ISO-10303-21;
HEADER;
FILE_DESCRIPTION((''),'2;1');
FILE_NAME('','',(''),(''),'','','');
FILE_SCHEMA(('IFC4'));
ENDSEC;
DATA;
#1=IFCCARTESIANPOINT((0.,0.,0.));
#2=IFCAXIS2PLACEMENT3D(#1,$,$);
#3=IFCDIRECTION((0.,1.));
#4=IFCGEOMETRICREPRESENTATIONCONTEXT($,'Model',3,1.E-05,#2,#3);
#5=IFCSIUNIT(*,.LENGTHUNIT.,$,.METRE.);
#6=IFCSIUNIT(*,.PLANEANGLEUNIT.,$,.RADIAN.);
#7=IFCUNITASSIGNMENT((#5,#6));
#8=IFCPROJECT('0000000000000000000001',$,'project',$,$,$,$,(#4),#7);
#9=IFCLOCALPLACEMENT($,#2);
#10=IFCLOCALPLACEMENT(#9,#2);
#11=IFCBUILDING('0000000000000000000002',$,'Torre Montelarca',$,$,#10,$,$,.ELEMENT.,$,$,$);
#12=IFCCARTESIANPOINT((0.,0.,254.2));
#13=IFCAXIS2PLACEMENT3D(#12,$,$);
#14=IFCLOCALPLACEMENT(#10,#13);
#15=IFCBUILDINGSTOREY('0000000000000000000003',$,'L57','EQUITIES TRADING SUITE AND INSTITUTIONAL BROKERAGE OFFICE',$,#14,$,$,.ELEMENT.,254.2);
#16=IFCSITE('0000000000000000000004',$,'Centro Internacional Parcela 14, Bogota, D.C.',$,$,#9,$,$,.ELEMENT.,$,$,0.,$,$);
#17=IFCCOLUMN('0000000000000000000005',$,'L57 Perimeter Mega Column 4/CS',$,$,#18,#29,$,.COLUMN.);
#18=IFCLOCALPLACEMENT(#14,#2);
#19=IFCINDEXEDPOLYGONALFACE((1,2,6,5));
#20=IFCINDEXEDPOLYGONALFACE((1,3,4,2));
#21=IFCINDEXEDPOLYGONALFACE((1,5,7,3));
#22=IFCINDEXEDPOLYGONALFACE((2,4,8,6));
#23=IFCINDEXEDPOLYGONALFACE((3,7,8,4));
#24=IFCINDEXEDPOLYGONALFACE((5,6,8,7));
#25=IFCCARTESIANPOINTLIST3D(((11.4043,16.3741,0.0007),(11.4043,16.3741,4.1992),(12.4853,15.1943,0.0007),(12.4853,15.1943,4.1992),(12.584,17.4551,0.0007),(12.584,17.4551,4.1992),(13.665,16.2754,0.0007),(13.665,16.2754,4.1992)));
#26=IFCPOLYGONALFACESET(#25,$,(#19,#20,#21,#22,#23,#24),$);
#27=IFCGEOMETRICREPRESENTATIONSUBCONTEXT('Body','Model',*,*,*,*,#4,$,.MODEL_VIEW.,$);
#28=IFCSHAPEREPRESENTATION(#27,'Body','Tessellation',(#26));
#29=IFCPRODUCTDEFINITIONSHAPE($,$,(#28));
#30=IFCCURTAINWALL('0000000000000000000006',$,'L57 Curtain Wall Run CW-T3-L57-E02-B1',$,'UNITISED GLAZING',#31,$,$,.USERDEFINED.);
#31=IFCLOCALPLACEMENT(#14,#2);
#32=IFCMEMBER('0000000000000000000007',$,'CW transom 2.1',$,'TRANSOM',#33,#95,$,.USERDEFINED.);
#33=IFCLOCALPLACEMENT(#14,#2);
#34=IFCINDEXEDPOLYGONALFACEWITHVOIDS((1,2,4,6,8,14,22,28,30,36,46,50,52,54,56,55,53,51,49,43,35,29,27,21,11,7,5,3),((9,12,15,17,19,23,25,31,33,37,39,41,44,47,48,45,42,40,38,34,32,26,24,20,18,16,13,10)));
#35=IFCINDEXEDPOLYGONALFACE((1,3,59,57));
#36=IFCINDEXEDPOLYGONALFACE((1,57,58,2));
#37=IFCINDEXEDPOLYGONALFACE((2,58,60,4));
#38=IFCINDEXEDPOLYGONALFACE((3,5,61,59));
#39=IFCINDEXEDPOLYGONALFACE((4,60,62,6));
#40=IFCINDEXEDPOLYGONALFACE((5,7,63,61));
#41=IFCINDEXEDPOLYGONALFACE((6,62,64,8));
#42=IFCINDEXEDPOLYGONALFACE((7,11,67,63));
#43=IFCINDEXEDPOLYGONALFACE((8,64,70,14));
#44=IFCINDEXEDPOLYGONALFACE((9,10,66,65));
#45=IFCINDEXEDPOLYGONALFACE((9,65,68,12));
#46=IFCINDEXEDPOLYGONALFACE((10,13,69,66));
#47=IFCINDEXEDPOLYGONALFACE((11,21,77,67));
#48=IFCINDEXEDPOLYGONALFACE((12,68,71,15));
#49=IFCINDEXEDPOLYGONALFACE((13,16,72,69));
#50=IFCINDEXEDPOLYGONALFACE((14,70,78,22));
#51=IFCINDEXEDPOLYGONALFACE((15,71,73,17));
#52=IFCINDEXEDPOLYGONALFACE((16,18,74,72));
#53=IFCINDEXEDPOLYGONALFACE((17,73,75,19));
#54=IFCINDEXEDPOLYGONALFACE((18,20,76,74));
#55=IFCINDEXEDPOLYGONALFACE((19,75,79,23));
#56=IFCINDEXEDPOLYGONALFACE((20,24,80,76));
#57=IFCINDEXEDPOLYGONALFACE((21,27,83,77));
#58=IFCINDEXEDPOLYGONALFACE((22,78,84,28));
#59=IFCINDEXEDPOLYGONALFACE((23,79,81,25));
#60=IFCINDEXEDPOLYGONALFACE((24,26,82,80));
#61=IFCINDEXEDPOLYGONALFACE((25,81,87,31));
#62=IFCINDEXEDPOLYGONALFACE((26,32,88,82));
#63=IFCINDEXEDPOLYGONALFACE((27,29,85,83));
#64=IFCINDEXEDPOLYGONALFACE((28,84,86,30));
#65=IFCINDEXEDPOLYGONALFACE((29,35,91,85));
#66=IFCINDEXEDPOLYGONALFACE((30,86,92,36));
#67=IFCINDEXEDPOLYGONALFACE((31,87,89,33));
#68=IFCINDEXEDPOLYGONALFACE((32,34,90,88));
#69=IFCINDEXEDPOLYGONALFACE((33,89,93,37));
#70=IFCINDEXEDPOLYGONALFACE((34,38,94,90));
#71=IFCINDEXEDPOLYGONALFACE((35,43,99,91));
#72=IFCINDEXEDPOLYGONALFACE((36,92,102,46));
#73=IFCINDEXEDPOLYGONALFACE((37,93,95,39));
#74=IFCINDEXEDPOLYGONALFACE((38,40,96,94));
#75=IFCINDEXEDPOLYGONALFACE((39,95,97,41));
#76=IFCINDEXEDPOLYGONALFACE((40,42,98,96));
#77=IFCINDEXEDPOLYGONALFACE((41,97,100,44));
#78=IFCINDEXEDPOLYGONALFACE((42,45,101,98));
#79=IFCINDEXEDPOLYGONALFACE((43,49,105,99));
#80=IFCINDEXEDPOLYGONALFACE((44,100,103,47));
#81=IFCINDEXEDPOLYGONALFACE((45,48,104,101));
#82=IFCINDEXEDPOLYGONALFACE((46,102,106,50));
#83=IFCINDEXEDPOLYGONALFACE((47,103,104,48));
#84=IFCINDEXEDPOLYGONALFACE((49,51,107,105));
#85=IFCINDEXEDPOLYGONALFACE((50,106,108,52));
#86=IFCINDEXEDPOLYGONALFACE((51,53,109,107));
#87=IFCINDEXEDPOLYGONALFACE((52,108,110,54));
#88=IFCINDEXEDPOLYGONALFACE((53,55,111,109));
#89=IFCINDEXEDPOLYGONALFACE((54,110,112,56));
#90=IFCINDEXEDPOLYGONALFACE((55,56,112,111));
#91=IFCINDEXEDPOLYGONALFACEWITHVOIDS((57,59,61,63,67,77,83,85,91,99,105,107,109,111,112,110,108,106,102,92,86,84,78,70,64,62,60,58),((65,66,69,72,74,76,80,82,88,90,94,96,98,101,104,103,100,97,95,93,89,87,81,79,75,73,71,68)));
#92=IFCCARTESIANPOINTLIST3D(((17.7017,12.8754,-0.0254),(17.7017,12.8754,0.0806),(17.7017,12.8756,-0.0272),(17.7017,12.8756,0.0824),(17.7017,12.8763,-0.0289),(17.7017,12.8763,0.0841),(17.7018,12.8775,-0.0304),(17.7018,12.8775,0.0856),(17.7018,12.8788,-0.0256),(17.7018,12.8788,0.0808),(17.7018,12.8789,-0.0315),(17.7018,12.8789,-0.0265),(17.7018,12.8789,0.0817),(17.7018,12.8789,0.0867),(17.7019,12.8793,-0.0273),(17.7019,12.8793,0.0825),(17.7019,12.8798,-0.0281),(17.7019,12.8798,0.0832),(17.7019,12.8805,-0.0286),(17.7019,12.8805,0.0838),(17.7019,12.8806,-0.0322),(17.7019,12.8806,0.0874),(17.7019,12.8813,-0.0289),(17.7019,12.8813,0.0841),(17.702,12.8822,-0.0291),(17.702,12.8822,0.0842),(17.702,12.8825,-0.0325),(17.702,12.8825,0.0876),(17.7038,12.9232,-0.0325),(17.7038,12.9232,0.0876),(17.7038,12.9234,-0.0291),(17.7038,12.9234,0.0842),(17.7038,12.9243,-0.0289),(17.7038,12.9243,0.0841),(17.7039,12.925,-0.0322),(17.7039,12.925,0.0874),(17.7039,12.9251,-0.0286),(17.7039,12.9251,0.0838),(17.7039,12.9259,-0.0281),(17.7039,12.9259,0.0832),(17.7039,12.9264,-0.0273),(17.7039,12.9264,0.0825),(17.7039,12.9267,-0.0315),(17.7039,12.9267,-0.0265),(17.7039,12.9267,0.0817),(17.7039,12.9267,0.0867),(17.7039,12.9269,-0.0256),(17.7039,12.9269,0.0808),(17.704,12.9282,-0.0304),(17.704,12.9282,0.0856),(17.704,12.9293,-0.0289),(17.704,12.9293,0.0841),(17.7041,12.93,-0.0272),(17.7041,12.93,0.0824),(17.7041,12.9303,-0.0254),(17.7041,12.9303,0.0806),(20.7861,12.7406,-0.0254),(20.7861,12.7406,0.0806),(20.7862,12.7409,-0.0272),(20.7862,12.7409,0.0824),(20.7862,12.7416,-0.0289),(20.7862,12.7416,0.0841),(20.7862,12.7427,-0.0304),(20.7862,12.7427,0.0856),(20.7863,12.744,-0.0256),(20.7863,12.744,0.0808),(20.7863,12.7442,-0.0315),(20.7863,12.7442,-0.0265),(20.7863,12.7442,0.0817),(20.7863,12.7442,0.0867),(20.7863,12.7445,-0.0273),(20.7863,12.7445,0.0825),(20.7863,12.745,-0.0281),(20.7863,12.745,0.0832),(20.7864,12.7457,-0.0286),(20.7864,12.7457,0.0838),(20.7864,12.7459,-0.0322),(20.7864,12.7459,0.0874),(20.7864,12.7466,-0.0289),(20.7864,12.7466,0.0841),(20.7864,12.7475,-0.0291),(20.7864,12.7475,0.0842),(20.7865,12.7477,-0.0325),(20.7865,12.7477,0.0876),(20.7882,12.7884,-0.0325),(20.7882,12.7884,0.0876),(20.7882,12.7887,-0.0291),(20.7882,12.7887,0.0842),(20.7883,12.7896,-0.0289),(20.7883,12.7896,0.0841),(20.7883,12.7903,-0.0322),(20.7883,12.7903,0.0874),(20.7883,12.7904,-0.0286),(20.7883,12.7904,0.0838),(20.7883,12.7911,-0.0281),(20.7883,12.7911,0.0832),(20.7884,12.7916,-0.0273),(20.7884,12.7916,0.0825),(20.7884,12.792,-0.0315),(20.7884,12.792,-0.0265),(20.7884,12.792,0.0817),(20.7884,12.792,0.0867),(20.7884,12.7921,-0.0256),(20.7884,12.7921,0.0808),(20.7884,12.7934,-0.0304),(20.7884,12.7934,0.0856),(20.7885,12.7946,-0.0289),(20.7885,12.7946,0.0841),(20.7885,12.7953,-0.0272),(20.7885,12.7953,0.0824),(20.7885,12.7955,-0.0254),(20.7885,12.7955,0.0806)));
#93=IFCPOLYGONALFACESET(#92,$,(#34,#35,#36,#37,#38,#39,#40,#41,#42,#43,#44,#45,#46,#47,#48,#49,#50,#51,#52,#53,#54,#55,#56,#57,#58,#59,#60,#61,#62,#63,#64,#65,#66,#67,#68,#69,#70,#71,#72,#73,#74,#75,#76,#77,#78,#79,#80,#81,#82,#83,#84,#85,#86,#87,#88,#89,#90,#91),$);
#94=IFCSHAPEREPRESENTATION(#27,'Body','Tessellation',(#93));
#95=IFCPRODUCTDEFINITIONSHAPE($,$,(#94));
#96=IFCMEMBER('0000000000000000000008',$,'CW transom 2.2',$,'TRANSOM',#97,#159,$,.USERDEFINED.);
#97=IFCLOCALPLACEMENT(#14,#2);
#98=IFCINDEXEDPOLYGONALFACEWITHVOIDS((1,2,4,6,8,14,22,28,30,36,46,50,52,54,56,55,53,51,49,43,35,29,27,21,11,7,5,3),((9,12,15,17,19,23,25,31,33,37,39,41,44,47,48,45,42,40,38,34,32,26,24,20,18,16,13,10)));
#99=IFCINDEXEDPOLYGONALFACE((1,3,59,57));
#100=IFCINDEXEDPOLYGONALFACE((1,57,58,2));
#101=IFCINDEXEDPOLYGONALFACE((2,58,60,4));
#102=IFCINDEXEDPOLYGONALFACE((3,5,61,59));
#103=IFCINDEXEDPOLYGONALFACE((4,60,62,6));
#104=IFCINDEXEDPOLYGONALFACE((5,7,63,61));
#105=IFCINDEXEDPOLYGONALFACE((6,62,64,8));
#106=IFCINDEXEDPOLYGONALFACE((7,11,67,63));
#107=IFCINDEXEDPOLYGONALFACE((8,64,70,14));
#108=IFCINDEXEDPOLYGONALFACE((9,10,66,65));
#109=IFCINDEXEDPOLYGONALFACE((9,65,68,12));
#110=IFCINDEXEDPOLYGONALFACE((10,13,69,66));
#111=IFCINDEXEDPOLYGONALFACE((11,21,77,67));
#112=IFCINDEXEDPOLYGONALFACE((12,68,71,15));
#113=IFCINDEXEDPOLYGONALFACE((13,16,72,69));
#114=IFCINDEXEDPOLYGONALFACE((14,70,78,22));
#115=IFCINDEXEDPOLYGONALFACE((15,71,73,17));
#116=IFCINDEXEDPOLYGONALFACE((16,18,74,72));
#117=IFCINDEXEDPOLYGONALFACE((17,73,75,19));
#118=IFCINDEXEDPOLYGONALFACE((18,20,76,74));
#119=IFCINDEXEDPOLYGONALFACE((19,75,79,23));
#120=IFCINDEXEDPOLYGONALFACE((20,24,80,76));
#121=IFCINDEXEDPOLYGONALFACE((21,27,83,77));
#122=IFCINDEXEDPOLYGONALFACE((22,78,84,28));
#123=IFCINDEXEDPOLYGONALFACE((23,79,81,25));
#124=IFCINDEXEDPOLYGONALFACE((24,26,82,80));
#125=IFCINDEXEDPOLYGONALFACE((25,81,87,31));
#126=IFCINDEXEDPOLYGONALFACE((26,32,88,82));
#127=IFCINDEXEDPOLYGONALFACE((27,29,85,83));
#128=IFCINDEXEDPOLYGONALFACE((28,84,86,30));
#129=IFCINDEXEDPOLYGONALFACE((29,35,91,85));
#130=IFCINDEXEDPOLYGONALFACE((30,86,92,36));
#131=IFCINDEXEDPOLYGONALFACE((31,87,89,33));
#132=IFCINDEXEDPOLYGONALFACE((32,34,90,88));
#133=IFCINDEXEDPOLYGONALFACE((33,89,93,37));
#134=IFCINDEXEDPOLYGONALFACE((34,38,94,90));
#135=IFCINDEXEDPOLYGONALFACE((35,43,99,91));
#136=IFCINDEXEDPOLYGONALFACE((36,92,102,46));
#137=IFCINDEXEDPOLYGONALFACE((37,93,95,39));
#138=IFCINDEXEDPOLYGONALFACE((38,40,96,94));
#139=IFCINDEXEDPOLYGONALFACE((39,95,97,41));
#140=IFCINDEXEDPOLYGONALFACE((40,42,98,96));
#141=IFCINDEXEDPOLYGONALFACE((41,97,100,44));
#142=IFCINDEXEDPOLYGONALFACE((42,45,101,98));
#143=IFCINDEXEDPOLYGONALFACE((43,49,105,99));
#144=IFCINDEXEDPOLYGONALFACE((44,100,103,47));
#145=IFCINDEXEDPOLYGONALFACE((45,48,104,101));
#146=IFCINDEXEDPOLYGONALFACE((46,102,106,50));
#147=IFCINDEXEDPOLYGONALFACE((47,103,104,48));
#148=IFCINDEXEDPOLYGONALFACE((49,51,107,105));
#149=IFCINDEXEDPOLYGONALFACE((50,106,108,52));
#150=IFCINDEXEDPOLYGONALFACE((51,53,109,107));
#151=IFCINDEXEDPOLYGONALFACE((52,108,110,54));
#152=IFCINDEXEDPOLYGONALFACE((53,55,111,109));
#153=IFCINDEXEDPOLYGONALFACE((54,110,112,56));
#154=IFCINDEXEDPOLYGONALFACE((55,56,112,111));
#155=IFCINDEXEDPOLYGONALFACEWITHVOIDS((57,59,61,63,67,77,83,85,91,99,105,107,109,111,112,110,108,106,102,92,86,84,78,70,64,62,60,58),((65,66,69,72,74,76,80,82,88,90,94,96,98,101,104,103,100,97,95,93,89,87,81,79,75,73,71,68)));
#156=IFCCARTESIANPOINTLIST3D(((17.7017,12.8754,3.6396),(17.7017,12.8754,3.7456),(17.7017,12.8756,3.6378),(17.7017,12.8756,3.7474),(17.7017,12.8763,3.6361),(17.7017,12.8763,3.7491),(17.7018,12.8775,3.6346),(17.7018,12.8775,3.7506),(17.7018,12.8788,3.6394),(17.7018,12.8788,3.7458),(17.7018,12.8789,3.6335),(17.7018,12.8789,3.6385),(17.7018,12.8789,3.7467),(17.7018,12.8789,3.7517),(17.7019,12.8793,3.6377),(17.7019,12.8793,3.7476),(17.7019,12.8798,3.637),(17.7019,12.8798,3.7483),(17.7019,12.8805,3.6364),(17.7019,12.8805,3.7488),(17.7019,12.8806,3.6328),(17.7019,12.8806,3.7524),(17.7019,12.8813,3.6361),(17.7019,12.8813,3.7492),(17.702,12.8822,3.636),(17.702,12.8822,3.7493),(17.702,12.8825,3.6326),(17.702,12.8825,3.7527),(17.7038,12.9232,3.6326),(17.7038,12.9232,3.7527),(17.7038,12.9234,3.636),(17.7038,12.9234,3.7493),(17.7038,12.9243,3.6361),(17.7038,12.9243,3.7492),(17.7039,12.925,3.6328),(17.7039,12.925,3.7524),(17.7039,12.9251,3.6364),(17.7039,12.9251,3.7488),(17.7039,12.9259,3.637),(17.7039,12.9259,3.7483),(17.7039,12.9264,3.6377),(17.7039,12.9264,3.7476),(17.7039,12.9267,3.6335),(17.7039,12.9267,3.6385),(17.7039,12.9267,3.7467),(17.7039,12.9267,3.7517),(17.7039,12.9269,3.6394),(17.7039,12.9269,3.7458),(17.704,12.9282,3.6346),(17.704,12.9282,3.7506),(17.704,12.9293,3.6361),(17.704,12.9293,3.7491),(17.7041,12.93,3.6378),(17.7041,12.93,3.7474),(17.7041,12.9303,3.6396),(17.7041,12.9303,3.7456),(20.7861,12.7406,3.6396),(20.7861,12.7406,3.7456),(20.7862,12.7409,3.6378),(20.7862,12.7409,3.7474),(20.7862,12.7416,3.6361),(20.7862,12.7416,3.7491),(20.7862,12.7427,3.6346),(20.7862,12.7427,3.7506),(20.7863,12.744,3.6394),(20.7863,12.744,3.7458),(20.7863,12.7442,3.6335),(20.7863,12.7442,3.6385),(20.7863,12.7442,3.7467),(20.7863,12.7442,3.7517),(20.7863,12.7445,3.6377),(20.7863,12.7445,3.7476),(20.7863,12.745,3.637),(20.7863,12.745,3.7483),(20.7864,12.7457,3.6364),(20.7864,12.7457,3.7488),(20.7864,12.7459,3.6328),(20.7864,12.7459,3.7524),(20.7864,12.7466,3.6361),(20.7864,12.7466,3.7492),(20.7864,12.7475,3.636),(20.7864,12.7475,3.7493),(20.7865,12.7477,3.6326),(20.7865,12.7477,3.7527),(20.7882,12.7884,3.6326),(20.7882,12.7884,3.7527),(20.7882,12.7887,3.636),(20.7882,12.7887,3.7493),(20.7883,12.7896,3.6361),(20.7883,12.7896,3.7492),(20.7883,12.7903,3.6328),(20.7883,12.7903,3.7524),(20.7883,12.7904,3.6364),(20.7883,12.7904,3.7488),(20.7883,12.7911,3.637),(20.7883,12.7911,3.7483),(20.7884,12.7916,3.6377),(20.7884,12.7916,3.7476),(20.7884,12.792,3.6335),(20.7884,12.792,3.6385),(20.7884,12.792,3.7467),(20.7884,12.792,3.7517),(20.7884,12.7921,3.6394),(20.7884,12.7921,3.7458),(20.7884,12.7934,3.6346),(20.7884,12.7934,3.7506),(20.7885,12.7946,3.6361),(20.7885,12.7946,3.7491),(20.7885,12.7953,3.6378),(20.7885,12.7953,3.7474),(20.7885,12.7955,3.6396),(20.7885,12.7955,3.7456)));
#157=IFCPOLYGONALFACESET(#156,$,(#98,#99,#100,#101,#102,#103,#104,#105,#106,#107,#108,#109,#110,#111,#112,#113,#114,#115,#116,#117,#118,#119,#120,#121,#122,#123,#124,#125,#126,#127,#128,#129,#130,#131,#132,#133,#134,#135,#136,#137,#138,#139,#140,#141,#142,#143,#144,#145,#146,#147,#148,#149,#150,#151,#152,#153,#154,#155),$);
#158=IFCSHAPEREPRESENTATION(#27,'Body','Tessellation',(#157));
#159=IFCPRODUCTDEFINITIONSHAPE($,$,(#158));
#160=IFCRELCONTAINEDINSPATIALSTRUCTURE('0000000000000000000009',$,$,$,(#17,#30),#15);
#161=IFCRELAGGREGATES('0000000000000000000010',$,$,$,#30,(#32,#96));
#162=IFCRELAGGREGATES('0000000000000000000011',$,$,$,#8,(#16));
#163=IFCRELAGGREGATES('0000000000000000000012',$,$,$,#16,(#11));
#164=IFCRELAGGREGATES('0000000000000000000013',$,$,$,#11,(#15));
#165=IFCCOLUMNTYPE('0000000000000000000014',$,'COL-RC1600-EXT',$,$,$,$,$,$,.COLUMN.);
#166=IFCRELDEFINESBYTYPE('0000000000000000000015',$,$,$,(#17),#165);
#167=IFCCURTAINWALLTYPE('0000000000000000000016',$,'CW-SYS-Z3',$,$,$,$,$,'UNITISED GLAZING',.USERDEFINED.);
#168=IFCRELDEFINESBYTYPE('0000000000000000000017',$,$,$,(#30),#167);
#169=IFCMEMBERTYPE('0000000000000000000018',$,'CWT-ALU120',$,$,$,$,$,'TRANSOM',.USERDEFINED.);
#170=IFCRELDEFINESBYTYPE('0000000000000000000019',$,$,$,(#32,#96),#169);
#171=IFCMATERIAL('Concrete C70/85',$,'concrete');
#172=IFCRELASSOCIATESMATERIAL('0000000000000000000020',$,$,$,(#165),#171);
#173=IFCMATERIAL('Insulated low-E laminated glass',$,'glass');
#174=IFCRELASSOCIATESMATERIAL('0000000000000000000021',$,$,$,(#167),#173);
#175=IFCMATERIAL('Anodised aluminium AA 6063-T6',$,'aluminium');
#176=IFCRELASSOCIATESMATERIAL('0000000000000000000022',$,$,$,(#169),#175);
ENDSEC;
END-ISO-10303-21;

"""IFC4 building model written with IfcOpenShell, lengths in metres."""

from ifc_helpers import new_model, si_unit, direction, frame, origin, origin_2d, place, context, subcontext, project, spatial, rectangle, hollow_rectangle, extrude, source, transform, mapped, material, material_profile, profile_set, type_object, element, aggregate, save


model = new_model("IFC4")

# Units and contexts
model_context = context("Model", 3, precision=1e-05, world=origin(), true_north=direction((0.0, 1.0)))
body_context = subcontext(model_context, "Body", "Model", "MODEL_VIEW")
ifc_project = project(units=[si_unit("LENGTHUNIT", "METRE"), si_unit("PLANEANGLEUNIT", "RADIAN")], contexts=[model_context])

# Site, building, storey
site_placement = place(None, origin())
site = spatial("IfcSite", under=ifc_project, at=site_placement, Name="Centro Internacional Parcela 14, Bogota, D.C.", CompositionType="ELEMENT", RefElevation=0.0)
building_placement = place(site_placement, origin())
building = spatial("IfcBuilding", under=site, at=building_placement, Name="Torre Montelarca", CompositionType="ELEMENT")
storey_placement = place(building_placement, frame((0.0, 0.0, 254.2)))
storey = spatial("IfcBuildingStorey", under=building, at=storey_placement, Name="L57", Description="EQUITIES TRADING SUITE AND INSTITUTIONAL BROKERAGE OFFICE", CompositionType="ELEMENT", Elevation=254.2)

# Column
ifc_material_1 = material(Name="Concrete C70/85", Category="concrete")
ifc_material_profile_1 = material_profile(ifc_material_1, rectangle(XDim=1.6001, YDim=1.6001, at=origin_2d()), Name="RC1600X1600", Category="concrete")
ifc_profile_set_1 = profile_set([ifc_material_profile_1], Name="Concrete C70/85")
column_type = type_object("IfcColumnType", Name="COL-RC1600-EXT", PredefinedType="COLUMN", material=ifc_profile_set_1)
shared_shape_1 = source(origin(), body_context, "Body", "SweptSolid", [
    extrude(rectangle(XDim=1.6001, YDim=1.6001, at=origin_2d()), origin(), (0.0, 0.0, 1.0), 4.1985),
])
column_placement = place(storey_placement, frame((12.5347, 16.3247, 0.0007), z_axis=(0.0, 0.0, 1.0), x_axis=(-0.67559, 0.737277, 0.0)))
element("IfcColumn", 1, at=column_placement, inside=storey, type_object=column_type, Name="L57 Perimeter Mega Column 4/CS", PredefinedType="COLUMN", context=body_context, shape_type="MappedRepresentation", body=[
    mapped(shared_shape_1, transform((0.0, 0.0, 0.0), scale=1.0)),
])

# Curtain wall, members
ifc_material_2 = material(Name="Insulated low-E laminated glass", Category="glass")
curtain_wall_type = type_object("IfcCurtainWallType", Name="CW-SYS-Z3", ElementType="UNITISED GLAZING", PredefinedType="USERDEFINED", material=ifc_material_2)
curtain_wall_1_placement = place(storey_placement, origin())
curtain_wall_1 = element("IfcCurtainWall", 2, at=curtain_wall_1_placement, inside=storey, type_object=curtain_wall_type, Name="L57 Curtain Wall Run CW-T3-L57-E02-B1", ObjectType="UNITISED GLAZING", PredefinedType="USERDEFINED")
ifc_material_3 = material(Name="Anodised aluminium AA 6063-T6", Category="aluminium")
ifc_material_profile_2 = material_profile(ifc_material_3, hollow_rectangle(XDim=0.0549, YDim=0.1201, WallThickness=0.0034, InnerFilletRadius=0.0034, OuterFilletRadius=0.0071, at=origin_2d()), Name="ALU55X120X3.5", Category="aluminium")
ifc_profile_set_2 = profile_set([ifc_material_profile_2], Name="Anodised aluminium AA 6063-T6")
member_type_1 = type_object("IfcMemberType", Name="CWT-ALU120", ElementType="TRANSOM", PredefinedType="USERDEFINED", material=ifc_profile_set_2)
shared_shape_2 = source(origin(), body_context, "Body", "SweptSolid", [
    extrude(hollow_rectangle(XDim=0.0549, YDim=0.1201, WallThickness=0.0034, InnerFilletRadius=0.0034, OuterFilletRadius=0.0071, at=origin_2d()), origin(), (0.0, 0.0, 1.0), 3.0874),
])
member_1_placement = place(storey_placement, frame((17.7029, 12.9028, 0.0276), z_axis=(0.999047, -0.04365, 0.0), x_axis=(0.04365, 0.999047, 0.0)))
member_1 = element("IfcMember", 3, at=member_1_placement, type_object=member_type_1, Name="CW transom 2.1", ObjectType="TRANSOM", PredefinedType="USERDEFINED", context=body_context, shape_type="MappedRepresentation", body=[
    mapped(shared_shape_2, transform((0.0, 0.0, 0.0), scale=1.0)),
])
member_2_placement = place(storey_placement, frame((17.7029, 12.9028, 3.6926), z_axis=(0.999047, -0.04365, 0.0), x_axis=(0.04365, 0.999047, 0.0)))
member_2 = element("IfcMember", 4, at=member_2_placement, type_object=member_type_1, Name="CW transom 2.2", ObjectType="TRANSOM", PredefinedType="USERDEFINED", context=body_context, shape_type="MappedRepresentation", body=[
    mapped(shared_shape_2, transform((0.0, 0.0, 0.0), scale=1.0)),
])

aggregate(curtain_wall_1, [member_1, member_2])

save(model, "model.ifc")
